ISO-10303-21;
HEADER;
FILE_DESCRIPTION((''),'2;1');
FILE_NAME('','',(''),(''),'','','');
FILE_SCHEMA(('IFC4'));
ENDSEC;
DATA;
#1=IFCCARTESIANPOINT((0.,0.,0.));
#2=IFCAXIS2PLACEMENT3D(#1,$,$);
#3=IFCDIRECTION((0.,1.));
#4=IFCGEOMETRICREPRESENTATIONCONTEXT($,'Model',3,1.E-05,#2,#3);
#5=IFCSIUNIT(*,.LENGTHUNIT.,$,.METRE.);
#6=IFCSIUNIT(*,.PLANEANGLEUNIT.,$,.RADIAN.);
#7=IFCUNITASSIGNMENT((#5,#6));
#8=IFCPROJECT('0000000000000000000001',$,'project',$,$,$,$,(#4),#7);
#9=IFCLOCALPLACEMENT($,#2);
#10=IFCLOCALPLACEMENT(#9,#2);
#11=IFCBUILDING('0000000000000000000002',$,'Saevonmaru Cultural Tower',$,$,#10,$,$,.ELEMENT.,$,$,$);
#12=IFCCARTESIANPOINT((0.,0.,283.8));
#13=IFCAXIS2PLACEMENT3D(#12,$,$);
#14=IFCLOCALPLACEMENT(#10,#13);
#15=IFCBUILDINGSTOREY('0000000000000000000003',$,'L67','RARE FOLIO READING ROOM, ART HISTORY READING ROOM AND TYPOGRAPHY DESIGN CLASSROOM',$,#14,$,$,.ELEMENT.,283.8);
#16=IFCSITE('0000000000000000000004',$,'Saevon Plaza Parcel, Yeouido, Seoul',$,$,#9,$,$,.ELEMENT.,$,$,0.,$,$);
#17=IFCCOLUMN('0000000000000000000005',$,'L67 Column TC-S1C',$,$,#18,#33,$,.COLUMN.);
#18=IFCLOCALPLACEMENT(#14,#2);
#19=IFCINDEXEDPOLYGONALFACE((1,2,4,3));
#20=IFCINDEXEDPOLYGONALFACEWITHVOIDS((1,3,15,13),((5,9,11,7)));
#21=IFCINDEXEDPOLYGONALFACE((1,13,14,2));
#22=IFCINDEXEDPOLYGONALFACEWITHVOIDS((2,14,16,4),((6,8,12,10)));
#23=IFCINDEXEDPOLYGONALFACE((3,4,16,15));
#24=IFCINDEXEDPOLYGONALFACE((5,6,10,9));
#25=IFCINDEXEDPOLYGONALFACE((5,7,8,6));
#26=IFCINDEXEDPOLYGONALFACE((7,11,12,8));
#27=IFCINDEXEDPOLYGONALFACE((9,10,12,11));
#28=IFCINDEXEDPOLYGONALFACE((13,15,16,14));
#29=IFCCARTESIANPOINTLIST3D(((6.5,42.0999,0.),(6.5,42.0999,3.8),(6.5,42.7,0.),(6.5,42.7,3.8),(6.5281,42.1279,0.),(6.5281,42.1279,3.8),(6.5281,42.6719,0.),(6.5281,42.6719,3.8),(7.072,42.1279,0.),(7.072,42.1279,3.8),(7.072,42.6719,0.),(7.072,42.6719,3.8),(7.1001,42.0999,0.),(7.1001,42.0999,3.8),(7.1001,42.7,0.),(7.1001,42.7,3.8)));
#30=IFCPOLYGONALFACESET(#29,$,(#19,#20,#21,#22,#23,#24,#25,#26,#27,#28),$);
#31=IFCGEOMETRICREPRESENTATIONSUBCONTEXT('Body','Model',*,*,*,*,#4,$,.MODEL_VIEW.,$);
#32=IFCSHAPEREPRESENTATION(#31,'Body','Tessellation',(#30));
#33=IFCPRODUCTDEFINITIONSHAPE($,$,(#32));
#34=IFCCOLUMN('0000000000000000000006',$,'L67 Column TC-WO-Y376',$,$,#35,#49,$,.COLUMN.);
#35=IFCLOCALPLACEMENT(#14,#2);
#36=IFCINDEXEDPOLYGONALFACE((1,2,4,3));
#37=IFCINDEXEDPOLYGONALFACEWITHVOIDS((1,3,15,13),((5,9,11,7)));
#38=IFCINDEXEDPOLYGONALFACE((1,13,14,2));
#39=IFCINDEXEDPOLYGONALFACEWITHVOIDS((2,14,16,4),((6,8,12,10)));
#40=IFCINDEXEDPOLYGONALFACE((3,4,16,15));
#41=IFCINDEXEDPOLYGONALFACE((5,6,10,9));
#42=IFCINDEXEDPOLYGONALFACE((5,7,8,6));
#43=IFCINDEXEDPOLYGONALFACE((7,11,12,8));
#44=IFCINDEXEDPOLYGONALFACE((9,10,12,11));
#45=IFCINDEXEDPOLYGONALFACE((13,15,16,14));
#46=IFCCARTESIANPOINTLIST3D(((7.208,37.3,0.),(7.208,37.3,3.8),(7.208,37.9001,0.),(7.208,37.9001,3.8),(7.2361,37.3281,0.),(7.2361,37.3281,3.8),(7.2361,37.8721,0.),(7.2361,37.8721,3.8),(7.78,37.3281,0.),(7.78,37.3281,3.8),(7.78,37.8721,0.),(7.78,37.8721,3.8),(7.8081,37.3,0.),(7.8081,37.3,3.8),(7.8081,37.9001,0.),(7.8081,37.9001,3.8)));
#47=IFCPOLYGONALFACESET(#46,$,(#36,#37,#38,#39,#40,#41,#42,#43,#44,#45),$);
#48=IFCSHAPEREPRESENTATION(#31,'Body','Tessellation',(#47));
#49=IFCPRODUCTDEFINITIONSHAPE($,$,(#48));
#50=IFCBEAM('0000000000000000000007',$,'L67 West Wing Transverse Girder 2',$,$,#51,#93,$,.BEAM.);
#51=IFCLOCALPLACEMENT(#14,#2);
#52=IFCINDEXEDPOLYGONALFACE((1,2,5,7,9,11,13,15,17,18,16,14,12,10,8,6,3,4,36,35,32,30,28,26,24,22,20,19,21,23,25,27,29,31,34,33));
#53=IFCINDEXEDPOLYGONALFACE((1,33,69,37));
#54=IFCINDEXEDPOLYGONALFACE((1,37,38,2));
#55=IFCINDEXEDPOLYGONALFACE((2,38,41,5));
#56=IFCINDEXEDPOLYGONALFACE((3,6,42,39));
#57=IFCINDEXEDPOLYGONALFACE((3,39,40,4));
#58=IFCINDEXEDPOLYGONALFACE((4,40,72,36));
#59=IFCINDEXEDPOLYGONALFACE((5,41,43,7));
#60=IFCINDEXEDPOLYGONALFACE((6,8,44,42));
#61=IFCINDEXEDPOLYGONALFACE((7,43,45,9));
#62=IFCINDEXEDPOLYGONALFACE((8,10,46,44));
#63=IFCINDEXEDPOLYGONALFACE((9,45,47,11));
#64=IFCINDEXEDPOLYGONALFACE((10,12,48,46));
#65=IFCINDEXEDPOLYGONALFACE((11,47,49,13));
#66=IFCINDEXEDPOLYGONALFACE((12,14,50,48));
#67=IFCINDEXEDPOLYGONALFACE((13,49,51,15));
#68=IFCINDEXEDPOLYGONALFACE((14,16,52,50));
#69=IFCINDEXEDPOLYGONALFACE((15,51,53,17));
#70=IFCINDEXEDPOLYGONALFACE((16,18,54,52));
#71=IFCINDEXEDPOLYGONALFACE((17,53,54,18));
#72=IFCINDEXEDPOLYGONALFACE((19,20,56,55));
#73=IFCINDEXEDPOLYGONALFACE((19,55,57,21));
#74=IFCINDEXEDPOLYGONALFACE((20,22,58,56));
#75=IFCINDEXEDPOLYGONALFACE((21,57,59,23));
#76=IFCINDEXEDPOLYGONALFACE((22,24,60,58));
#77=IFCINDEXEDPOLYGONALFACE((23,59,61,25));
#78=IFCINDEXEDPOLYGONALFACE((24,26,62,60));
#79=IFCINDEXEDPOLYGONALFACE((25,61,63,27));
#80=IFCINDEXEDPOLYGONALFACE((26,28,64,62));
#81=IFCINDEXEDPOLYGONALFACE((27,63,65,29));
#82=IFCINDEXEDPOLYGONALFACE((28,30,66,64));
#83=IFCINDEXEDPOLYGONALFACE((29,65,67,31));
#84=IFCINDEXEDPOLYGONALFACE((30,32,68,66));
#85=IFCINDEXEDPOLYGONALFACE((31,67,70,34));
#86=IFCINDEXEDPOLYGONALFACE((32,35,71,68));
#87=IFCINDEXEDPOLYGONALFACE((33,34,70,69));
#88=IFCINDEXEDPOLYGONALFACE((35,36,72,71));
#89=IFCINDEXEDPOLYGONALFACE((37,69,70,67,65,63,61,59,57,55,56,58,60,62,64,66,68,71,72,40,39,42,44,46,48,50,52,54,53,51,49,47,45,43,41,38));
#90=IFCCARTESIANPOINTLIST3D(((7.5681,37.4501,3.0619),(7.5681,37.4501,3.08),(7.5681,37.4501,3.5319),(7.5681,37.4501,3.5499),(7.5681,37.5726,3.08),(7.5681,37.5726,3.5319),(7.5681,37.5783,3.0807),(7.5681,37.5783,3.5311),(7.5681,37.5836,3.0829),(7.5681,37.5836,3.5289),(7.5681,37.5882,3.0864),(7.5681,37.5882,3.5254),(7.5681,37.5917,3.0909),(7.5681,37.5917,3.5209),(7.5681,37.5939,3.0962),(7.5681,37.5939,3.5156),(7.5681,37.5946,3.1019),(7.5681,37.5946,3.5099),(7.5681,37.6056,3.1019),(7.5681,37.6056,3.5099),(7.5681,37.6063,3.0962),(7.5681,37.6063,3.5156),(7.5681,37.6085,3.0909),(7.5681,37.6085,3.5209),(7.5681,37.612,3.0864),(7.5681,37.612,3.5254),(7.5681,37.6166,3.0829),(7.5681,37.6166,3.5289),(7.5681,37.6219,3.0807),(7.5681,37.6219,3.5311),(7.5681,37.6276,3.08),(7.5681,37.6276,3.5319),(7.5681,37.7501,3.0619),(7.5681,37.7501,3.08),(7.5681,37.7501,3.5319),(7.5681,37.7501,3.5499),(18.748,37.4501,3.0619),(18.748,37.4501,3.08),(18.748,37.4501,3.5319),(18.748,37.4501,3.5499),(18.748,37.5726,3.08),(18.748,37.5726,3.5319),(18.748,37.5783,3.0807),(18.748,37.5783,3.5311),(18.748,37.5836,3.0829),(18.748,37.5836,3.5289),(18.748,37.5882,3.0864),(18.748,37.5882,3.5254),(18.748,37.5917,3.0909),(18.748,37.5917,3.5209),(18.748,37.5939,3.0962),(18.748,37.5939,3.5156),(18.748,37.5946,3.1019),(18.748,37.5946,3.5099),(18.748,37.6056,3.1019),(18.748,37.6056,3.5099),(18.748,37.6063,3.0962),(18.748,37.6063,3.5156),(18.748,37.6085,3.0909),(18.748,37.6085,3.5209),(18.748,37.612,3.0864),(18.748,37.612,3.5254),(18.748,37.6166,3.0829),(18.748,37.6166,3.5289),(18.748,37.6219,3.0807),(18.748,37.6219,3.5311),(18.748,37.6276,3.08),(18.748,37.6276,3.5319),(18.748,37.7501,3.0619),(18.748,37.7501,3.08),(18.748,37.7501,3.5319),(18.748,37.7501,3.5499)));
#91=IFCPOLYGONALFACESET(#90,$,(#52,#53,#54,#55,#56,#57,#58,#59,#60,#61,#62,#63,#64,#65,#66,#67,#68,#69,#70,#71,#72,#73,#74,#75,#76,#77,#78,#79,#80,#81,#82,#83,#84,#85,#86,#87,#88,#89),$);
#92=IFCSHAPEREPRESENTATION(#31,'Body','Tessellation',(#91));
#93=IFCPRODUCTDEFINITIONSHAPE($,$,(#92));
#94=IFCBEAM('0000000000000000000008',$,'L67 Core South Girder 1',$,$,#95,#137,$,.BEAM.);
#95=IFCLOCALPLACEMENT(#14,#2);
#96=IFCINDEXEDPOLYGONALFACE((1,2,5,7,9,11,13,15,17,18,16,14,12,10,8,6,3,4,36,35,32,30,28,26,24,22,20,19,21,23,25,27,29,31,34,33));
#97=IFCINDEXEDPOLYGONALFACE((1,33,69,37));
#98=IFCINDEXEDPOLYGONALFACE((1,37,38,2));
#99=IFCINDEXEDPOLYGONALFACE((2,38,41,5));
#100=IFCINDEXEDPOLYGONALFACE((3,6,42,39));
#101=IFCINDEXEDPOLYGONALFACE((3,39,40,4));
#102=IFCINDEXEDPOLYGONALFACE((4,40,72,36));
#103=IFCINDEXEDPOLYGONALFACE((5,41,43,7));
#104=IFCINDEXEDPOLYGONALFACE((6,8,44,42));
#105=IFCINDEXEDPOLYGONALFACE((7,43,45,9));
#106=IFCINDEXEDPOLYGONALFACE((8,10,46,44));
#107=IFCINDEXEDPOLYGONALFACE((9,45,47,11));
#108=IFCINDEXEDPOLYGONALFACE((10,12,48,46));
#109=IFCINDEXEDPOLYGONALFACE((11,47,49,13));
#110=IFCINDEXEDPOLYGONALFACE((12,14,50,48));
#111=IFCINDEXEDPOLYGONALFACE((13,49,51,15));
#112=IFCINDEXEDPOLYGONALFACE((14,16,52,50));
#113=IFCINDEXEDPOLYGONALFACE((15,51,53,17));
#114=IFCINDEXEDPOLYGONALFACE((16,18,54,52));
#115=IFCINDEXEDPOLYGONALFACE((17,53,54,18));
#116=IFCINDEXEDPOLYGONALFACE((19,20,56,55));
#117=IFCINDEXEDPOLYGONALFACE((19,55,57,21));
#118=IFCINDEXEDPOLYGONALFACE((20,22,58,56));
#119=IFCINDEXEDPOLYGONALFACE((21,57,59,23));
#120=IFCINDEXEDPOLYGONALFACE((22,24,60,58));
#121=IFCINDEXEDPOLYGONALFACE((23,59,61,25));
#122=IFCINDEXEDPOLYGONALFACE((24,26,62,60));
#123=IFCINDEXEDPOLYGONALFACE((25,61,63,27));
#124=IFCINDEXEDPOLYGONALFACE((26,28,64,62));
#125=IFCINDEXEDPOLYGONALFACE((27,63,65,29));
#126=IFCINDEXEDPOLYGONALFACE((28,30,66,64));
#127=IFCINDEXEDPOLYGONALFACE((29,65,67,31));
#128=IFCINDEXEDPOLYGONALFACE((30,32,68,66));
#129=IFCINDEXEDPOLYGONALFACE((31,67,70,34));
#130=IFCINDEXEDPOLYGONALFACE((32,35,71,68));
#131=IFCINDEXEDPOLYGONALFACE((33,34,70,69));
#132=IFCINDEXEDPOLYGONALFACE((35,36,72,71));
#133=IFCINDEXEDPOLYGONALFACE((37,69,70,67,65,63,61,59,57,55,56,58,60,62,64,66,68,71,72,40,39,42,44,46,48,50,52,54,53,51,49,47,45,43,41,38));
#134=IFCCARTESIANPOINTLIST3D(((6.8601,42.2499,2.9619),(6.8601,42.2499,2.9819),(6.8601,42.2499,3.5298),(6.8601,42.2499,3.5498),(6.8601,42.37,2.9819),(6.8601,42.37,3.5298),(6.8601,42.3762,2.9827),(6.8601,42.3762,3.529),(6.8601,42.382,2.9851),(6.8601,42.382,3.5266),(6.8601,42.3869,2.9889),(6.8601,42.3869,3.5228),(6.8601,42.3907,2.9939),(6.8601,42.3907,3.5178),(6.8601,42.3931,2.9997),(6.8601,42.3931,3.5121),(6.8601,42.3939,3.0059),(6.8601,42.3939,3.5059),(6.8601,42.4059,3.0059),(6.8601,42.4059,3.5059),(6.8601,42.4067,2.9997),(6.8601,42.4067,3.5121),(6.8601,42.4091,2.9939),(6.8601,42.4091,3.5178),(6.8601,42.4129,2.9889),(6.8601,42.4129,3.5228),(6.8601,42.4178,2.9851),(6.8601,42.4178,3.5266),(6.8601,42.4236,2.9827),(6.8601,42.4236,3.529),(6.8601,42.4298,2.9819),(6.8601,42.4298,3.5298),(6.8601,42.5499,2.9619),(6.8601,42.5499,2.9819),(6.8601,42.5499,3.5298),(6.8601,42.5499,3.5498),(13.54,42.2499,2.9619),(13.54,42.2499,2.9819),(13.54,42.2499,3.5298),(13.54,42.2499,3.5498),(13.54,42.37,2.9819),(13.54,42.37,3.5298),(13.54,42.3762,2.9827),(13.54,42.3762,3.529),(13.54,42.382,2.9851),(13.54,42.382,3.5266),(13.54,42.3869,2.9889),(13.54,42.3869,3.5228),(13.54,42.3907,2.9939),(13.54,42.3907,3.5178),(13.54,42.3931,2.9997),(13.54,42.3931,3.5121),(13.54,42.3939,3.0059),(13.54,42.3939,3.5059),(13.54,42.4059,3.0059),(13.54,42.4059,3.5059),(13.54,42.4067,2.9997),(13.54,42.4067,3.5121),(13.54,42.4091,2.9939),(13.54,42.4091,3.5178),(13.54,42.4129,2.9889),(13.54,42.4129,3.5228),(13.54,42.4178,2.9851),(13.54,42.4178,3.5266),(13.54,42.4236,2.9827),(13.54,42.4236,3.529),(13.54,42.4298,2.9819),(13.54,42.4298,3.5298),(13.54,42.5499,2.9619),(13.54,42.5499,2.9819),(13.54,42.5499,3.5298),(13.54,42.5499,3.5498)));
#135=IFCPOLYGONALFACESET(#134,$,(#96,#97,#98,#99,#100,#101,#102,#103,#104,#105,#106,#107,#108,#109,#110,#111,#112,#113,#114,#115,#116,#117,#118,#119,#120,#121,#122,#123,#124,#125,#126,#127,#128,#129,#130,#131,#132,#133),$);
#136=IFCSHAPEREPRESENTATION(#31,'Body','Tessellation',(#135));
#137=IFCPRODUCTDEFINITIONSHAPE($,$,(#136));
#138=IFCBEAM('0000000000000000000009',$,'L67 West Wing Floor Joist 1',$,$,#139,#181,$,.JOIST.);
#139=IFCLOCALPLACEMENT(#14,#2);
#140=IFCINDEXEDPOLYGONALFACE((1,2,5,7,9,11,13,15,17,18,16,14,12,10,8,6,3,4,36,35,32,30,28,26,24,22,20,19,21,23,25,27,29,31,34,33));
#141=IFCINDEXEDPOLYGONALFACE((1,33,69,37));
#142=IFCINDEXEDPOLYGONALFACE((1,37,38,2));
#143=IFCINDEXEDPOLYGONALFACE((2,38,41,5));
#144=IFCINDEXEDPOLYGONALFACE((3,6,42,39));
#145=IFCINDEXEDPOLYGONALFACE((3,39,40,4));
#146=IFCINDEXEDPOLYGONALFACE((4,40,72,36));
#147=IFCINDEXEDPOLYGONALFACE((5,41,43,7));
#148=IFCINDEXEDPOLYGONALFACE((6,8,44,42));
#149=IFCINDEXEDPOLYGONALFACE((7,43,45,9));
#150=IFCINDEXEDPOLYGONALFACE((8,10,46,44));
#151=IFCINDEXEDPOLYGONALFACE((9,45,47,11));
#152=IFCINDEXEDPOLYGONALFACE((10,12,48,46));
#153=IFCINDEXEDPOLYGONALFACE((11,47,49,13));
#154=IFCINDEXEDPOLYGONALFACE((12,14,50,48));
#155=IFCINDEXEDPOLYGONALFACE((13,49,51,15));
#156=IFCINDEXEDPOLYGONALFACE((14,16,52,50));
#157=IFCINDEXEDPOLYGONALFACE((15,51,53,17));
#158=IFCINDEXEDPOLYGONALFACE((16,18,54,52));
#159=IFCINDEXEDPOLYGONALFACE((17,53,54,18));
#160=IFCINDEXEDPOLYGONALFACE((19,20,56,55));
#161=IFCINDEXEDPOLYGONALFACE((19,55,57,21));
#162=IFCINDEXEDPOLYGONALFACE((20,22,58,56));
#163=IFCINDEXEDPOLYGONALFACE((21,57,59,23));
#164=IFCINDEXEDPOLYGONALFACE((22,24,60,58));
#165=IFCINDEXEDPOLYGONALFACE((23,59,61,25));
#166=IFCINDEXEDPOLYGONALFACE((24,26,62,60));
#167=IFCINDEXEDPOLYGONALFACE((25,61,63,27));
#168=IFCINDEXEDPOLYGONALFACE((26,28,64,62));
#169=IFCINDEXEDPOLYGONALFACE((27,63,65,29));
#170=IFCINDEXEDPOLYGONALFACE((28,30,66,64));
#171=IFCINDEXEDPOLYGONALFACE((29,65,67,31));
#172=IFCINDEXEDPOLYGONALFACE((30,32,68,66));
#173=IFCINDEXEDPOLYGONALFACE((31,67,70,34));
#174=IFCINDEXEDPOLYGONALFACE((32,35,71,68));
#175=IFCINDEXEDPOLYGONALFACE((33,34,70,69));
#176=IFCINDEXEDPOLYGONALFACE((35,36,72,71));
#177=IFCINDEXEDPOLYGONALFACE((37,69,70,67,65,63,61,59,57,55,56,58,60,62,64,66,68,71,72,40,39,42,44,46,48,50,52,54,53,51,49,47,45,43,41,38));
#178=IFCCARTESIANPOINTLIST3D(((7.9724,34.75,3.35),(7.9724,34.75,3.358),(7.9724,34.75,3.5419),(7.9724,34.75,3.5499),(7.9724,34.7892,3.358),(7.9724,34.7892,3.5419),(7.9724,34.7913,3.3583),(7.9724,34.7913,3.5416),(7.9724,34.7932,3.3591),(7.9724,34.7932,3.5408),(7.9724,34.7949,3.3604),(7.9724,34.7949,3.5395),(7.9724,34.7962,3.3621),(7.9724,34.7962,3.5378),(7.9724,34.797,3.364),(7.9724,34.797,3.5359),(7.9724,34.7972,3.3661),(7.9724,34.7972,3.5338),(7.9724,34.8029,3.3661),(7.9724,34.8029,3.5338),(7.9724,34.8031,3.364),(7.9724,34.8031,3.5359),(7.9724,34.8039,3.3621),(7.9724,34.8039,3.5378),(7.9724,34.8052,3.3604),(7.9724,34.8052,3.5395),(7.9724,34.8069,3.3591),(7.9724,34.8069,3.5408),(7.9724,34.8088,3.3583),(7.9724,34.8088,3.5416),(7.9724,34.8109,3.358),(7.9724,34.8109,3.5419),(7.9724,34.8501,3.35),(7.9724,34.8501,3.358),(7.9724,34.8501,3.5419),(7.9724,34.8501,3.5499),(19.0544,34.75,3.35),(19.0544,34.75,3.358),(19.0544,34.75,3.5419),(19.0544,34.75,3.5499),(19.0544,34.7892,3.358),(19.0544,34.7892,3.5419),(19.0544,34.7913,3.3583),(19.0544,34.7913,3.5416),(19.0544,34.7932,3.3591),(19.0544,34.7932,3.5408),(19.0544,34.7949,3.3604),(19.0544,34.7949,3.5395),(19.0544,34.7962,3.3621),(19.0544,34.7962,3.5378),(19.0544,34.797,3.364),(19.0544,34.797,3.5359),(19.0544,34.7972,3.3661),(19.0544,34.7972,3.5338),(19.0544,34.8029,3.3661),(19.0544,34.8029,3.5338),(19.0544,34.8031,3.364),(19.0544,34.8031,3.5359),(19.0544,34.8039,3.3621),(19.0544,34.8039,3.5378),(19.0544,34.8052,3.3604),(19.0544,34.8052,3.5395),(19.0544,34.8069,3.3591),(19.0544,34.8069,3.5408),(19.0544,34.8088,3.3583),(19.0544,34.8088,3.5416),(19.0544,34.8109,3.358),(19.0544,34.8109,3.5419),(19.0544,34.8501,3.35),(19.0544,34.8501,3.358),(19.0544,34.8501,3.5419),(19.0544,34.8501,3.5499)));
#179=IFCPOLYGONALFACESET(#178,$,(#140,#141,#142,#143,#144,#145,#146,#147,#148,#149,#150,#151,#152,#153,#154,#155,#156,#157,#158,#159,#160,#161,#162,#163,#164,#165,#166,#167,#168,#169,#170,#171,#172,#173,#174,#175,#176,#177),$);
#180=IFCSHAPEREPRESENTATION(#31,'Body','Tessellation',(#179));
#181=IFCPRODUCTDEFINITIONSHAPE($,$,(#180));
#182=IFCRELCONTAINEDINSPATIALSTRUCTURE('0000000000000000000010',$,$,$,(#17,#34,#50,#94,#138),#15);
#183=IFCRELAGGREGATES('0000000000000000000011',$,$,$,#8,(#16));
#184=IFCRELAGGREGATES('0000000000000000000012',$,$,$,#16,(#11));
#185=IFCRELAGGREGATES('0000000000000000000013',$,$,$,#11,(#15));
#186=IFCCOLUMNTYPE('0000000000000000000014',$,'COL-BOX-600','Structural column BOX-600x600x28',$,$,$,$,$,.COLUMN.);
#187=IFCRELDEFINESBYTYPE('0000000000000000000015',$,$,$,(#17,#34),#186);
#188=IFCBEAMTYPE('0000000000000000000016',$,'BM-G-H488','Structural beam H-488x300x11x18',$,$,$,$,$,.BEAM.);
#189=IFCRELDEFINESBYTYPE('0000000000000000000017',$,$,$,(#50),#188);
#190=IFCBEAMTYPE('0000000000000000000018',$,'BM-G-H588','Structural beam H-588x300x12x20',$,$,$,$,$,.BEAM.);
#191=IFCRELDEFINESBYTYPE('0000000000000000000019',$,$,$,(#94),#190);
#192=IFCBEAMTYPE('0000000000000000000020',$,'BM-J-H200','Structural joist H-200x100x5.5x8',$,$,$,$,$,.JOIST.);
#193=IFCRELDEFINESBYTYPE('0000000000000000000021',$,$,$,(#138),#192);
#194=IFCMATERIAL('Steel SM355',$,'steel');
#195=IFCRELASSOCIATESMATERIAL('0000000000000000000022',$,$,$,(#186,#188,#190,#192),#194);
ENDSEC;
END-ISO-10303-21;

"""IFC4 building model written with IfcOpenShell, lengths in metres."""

from ifc_helpers import new_model, si_unit, direction, frame, origin, origin_2d, place, context, subcontext, project, spatial, hollow_rectangle, i_section, extrude, material, material_profile, profile_set, type_object, element, save


model = new_model("IFC4")

# Units and contexts
model_context = context("Model", 3, precision=1e-05, world=origin(), true_north=direction((0.0, 1.0)))
body_context = subcontext(model_context, "Body", "Model", "MODEL_VIEW")
ifc_project = project(units=[si_unit("LENGTHUNIT", "METRE"), si_unit("PLANEANGLEUNIT", "RADIAN")], contexts=[model_context])

# Site, building, storey
site_placement = place(None, origin())
site = spatial("IfcSite", under=ifc_project, at=site_placement, Name="Saevon Plaza Parcel, Yeouido, Seoul", CompositionType="ELEMENT", RefElevation=0.0)
building_placement = place(site_placement, origin())
building = spatial("IfcBuilding", under=site, at=building_placement, Name="Saevonmaru Cultural Tower", CompositionType="ELEMENT")
storey_placement = place(building_placement, frame((0.0, 0.0, 283.8)))
storey = spatial("IfcBuildingStorey", under=building, at=storey_placement, Name="L67", Description="RARE FOLIO READING ROOM, ART HISTORY READING ROOM AND TYPOGRAPHY DESIGN CLASSROOM", CompositionType="ELEMENT", Elevation=283.8)

# Columns
ifc_material_1 = material(Name="Steel SM355", Category="steel")
ifc_material_profile_1 = material_profile(ifc_material_1, hollow_rectangle(XDim=0.6001, YDim=0.6001, WallThickness=0.0281, at=origin_2d()), Name="BOX-600x600x28")
ifc_profile_set_1 = profile_set([ifc_material_profile_1], Name="Steel SM355")
column_type = type_object("IfcColumnType", Name="COL-BOX-600", Description="Structural column BOX-600x600x28", PredefinedType="COLUMN", material=ifc_profile_set_1)
for number, where, z_axis, x_axis, name in (
    (1, (6.8, 42.3999, 0.0), (0.0, 0.0, 1.0), (1.0, 0.0, 0.0), "L67 Column TC-S1C"),
    (2, (7.5081, 37.6001, 0.0), (0.0, 0.0, 1.0), (1.0, 0.0, 0.0), "L67 Column TC-WO-Y376"),
):
    element("IfcColumn", number, at=place(storey_placement, frame(where, z_axis=z_axis, x_axis=x_axis)), inside=storey, type_object=column_type, Name=name, PredefinedType="COLUMN", context=body_context, shape_type="SweptSolid", body=[
        extrude(hollow_rectangle(XDim=0.6001, YDim=0.6001, WallThickness=0.0281, at=origin_2d()), origin(), (0.0, 0.0, 1.0), 3.8),
    ])

# Beams
ifc_material_profile_2 = material_profile(ifc_material_1, i_section(OverallWidth=0.3, OverallDepth=0.488, WebThickness=0.011, FlangeThickness=0.0181, FilletRadius=0.022, at=origin_2d()), Name="H-488x300x11x18")
ifc_profile_set_2 = profile_set([ifc_material_profile_2], Name="Steel SM355")
beam_type_1 = type_object("IfcBeamType", Name="BM-G-H488", Description="Structural beam H-488x300x11x18", PredefinedType="BEAM", material=ifc_profile_set_2)
beam_1_placement = place(storey_placement, frame((7.5681, 37.6001, 3.3059), z_axis=(1.0, 0.0, 0.0), x_axis=(0.0, 1.0, 0.0)))
element("IfcBeam", 3, at=beam_1_placement, inside=storey, type_object=beam_type_1, Name="L67 West Wing Transverse Girder 2", PredefinedType="BEAM", context=body_context, shape_type="SweptSolid", body=[
    extrude(i_section(OverallWidth=0.3, OverallDepth=0.488, WebThickness=0.011, FlangeThickness=0.0181, FilletRadius=0.022, at=origin_2d()), origin(), (0.0, 0.0, 1.0), 11.1799),
])
ifc_material_profile_3 = material_profile(ifc_material_1, i_section(OverallWidth=0.3, OverallDepth=0.5879, WebThickness=0.012, FlangeThickness=0.02, FilletRadius=0.0239, at=origin_2d()), Name="H-588x300x12x20")
ifc_profile_set_3 = profile_set([ifc_material_profile_3], Name="Steel SM355")
beam_type_2 = type_object("IfcBeamType", Name="BM-G-H588", Description="Structural beam H-588x300x12x20", PredefinedType="BEAM", material=ifc_profile_set_3)
beam_2_placement = place(storey_placement, frame((6.8601, 42.3999, 3.2559), z_axis=(1.0, 0.0, 0.0), x_axis=(0.0, 1.0, 0.0)))
element("IfcBeam", 4, at=beam_2_placement, inside=storey, type_object=beam_type_2, Name="L67 Core South Girder 1", PredefinedType="BEAM", context=body_context, shape_type="SweptSolid", body=[
    extrude(i_section(OverallWidth=0.3, OverallDepth=0.5879, WebThickness=0.012, FlangeThickness=0.02, FilletRadius=0.0239, at=origin_2d()), origin(), (0.0, 0.0, 1.0), 6.6799),
])
ifc_material_profile_4 = material_profile(ifc_material_1, i_section(OverallWidth=0.1001, OverallDepth=0.2, WebThickness=0.0056, FlangeThickness=0.0081, FilletRadius=0.0081, at=origin_2d()), Name="H-200x100x5.5x8")
ifc_profile_set_4 = profile_set([ifc_material_profile_4], Name="Steel SM355")
beam_type_3 = type_object("IfcBeamType", Name="BM-J-H200", Description="Structural joist H-200x100x5.5x8", PredefinedType="JOIST", material=ifc_profile_set_4)
beam_3_placement = place(storey_placement, frame((7.9724, 34.8, 3.45), z_axis=(1.0, 0.0, 0.0), x_axis=(0.0, 1.0, 0.0)))
element("IfcBeam", 5, at=beam_3_placement, inside=storey, type_object=beam_type_3, Name="L67 West Wing Floor Joist 1", PredefinedType="JOIST", context=body_context, shape_type="SweptSolid", body=[
    extrude(i_section(OverallWidth=0.1001, OverallDepth=0.2, WebThickness=0.0056, FlangeThickness=0.0081, FilletRadius=0.0081, at=origin_2d()), origin(), (0.0, 0.0, 1.0), 11.082),
])

save(model, "model.ifc")
